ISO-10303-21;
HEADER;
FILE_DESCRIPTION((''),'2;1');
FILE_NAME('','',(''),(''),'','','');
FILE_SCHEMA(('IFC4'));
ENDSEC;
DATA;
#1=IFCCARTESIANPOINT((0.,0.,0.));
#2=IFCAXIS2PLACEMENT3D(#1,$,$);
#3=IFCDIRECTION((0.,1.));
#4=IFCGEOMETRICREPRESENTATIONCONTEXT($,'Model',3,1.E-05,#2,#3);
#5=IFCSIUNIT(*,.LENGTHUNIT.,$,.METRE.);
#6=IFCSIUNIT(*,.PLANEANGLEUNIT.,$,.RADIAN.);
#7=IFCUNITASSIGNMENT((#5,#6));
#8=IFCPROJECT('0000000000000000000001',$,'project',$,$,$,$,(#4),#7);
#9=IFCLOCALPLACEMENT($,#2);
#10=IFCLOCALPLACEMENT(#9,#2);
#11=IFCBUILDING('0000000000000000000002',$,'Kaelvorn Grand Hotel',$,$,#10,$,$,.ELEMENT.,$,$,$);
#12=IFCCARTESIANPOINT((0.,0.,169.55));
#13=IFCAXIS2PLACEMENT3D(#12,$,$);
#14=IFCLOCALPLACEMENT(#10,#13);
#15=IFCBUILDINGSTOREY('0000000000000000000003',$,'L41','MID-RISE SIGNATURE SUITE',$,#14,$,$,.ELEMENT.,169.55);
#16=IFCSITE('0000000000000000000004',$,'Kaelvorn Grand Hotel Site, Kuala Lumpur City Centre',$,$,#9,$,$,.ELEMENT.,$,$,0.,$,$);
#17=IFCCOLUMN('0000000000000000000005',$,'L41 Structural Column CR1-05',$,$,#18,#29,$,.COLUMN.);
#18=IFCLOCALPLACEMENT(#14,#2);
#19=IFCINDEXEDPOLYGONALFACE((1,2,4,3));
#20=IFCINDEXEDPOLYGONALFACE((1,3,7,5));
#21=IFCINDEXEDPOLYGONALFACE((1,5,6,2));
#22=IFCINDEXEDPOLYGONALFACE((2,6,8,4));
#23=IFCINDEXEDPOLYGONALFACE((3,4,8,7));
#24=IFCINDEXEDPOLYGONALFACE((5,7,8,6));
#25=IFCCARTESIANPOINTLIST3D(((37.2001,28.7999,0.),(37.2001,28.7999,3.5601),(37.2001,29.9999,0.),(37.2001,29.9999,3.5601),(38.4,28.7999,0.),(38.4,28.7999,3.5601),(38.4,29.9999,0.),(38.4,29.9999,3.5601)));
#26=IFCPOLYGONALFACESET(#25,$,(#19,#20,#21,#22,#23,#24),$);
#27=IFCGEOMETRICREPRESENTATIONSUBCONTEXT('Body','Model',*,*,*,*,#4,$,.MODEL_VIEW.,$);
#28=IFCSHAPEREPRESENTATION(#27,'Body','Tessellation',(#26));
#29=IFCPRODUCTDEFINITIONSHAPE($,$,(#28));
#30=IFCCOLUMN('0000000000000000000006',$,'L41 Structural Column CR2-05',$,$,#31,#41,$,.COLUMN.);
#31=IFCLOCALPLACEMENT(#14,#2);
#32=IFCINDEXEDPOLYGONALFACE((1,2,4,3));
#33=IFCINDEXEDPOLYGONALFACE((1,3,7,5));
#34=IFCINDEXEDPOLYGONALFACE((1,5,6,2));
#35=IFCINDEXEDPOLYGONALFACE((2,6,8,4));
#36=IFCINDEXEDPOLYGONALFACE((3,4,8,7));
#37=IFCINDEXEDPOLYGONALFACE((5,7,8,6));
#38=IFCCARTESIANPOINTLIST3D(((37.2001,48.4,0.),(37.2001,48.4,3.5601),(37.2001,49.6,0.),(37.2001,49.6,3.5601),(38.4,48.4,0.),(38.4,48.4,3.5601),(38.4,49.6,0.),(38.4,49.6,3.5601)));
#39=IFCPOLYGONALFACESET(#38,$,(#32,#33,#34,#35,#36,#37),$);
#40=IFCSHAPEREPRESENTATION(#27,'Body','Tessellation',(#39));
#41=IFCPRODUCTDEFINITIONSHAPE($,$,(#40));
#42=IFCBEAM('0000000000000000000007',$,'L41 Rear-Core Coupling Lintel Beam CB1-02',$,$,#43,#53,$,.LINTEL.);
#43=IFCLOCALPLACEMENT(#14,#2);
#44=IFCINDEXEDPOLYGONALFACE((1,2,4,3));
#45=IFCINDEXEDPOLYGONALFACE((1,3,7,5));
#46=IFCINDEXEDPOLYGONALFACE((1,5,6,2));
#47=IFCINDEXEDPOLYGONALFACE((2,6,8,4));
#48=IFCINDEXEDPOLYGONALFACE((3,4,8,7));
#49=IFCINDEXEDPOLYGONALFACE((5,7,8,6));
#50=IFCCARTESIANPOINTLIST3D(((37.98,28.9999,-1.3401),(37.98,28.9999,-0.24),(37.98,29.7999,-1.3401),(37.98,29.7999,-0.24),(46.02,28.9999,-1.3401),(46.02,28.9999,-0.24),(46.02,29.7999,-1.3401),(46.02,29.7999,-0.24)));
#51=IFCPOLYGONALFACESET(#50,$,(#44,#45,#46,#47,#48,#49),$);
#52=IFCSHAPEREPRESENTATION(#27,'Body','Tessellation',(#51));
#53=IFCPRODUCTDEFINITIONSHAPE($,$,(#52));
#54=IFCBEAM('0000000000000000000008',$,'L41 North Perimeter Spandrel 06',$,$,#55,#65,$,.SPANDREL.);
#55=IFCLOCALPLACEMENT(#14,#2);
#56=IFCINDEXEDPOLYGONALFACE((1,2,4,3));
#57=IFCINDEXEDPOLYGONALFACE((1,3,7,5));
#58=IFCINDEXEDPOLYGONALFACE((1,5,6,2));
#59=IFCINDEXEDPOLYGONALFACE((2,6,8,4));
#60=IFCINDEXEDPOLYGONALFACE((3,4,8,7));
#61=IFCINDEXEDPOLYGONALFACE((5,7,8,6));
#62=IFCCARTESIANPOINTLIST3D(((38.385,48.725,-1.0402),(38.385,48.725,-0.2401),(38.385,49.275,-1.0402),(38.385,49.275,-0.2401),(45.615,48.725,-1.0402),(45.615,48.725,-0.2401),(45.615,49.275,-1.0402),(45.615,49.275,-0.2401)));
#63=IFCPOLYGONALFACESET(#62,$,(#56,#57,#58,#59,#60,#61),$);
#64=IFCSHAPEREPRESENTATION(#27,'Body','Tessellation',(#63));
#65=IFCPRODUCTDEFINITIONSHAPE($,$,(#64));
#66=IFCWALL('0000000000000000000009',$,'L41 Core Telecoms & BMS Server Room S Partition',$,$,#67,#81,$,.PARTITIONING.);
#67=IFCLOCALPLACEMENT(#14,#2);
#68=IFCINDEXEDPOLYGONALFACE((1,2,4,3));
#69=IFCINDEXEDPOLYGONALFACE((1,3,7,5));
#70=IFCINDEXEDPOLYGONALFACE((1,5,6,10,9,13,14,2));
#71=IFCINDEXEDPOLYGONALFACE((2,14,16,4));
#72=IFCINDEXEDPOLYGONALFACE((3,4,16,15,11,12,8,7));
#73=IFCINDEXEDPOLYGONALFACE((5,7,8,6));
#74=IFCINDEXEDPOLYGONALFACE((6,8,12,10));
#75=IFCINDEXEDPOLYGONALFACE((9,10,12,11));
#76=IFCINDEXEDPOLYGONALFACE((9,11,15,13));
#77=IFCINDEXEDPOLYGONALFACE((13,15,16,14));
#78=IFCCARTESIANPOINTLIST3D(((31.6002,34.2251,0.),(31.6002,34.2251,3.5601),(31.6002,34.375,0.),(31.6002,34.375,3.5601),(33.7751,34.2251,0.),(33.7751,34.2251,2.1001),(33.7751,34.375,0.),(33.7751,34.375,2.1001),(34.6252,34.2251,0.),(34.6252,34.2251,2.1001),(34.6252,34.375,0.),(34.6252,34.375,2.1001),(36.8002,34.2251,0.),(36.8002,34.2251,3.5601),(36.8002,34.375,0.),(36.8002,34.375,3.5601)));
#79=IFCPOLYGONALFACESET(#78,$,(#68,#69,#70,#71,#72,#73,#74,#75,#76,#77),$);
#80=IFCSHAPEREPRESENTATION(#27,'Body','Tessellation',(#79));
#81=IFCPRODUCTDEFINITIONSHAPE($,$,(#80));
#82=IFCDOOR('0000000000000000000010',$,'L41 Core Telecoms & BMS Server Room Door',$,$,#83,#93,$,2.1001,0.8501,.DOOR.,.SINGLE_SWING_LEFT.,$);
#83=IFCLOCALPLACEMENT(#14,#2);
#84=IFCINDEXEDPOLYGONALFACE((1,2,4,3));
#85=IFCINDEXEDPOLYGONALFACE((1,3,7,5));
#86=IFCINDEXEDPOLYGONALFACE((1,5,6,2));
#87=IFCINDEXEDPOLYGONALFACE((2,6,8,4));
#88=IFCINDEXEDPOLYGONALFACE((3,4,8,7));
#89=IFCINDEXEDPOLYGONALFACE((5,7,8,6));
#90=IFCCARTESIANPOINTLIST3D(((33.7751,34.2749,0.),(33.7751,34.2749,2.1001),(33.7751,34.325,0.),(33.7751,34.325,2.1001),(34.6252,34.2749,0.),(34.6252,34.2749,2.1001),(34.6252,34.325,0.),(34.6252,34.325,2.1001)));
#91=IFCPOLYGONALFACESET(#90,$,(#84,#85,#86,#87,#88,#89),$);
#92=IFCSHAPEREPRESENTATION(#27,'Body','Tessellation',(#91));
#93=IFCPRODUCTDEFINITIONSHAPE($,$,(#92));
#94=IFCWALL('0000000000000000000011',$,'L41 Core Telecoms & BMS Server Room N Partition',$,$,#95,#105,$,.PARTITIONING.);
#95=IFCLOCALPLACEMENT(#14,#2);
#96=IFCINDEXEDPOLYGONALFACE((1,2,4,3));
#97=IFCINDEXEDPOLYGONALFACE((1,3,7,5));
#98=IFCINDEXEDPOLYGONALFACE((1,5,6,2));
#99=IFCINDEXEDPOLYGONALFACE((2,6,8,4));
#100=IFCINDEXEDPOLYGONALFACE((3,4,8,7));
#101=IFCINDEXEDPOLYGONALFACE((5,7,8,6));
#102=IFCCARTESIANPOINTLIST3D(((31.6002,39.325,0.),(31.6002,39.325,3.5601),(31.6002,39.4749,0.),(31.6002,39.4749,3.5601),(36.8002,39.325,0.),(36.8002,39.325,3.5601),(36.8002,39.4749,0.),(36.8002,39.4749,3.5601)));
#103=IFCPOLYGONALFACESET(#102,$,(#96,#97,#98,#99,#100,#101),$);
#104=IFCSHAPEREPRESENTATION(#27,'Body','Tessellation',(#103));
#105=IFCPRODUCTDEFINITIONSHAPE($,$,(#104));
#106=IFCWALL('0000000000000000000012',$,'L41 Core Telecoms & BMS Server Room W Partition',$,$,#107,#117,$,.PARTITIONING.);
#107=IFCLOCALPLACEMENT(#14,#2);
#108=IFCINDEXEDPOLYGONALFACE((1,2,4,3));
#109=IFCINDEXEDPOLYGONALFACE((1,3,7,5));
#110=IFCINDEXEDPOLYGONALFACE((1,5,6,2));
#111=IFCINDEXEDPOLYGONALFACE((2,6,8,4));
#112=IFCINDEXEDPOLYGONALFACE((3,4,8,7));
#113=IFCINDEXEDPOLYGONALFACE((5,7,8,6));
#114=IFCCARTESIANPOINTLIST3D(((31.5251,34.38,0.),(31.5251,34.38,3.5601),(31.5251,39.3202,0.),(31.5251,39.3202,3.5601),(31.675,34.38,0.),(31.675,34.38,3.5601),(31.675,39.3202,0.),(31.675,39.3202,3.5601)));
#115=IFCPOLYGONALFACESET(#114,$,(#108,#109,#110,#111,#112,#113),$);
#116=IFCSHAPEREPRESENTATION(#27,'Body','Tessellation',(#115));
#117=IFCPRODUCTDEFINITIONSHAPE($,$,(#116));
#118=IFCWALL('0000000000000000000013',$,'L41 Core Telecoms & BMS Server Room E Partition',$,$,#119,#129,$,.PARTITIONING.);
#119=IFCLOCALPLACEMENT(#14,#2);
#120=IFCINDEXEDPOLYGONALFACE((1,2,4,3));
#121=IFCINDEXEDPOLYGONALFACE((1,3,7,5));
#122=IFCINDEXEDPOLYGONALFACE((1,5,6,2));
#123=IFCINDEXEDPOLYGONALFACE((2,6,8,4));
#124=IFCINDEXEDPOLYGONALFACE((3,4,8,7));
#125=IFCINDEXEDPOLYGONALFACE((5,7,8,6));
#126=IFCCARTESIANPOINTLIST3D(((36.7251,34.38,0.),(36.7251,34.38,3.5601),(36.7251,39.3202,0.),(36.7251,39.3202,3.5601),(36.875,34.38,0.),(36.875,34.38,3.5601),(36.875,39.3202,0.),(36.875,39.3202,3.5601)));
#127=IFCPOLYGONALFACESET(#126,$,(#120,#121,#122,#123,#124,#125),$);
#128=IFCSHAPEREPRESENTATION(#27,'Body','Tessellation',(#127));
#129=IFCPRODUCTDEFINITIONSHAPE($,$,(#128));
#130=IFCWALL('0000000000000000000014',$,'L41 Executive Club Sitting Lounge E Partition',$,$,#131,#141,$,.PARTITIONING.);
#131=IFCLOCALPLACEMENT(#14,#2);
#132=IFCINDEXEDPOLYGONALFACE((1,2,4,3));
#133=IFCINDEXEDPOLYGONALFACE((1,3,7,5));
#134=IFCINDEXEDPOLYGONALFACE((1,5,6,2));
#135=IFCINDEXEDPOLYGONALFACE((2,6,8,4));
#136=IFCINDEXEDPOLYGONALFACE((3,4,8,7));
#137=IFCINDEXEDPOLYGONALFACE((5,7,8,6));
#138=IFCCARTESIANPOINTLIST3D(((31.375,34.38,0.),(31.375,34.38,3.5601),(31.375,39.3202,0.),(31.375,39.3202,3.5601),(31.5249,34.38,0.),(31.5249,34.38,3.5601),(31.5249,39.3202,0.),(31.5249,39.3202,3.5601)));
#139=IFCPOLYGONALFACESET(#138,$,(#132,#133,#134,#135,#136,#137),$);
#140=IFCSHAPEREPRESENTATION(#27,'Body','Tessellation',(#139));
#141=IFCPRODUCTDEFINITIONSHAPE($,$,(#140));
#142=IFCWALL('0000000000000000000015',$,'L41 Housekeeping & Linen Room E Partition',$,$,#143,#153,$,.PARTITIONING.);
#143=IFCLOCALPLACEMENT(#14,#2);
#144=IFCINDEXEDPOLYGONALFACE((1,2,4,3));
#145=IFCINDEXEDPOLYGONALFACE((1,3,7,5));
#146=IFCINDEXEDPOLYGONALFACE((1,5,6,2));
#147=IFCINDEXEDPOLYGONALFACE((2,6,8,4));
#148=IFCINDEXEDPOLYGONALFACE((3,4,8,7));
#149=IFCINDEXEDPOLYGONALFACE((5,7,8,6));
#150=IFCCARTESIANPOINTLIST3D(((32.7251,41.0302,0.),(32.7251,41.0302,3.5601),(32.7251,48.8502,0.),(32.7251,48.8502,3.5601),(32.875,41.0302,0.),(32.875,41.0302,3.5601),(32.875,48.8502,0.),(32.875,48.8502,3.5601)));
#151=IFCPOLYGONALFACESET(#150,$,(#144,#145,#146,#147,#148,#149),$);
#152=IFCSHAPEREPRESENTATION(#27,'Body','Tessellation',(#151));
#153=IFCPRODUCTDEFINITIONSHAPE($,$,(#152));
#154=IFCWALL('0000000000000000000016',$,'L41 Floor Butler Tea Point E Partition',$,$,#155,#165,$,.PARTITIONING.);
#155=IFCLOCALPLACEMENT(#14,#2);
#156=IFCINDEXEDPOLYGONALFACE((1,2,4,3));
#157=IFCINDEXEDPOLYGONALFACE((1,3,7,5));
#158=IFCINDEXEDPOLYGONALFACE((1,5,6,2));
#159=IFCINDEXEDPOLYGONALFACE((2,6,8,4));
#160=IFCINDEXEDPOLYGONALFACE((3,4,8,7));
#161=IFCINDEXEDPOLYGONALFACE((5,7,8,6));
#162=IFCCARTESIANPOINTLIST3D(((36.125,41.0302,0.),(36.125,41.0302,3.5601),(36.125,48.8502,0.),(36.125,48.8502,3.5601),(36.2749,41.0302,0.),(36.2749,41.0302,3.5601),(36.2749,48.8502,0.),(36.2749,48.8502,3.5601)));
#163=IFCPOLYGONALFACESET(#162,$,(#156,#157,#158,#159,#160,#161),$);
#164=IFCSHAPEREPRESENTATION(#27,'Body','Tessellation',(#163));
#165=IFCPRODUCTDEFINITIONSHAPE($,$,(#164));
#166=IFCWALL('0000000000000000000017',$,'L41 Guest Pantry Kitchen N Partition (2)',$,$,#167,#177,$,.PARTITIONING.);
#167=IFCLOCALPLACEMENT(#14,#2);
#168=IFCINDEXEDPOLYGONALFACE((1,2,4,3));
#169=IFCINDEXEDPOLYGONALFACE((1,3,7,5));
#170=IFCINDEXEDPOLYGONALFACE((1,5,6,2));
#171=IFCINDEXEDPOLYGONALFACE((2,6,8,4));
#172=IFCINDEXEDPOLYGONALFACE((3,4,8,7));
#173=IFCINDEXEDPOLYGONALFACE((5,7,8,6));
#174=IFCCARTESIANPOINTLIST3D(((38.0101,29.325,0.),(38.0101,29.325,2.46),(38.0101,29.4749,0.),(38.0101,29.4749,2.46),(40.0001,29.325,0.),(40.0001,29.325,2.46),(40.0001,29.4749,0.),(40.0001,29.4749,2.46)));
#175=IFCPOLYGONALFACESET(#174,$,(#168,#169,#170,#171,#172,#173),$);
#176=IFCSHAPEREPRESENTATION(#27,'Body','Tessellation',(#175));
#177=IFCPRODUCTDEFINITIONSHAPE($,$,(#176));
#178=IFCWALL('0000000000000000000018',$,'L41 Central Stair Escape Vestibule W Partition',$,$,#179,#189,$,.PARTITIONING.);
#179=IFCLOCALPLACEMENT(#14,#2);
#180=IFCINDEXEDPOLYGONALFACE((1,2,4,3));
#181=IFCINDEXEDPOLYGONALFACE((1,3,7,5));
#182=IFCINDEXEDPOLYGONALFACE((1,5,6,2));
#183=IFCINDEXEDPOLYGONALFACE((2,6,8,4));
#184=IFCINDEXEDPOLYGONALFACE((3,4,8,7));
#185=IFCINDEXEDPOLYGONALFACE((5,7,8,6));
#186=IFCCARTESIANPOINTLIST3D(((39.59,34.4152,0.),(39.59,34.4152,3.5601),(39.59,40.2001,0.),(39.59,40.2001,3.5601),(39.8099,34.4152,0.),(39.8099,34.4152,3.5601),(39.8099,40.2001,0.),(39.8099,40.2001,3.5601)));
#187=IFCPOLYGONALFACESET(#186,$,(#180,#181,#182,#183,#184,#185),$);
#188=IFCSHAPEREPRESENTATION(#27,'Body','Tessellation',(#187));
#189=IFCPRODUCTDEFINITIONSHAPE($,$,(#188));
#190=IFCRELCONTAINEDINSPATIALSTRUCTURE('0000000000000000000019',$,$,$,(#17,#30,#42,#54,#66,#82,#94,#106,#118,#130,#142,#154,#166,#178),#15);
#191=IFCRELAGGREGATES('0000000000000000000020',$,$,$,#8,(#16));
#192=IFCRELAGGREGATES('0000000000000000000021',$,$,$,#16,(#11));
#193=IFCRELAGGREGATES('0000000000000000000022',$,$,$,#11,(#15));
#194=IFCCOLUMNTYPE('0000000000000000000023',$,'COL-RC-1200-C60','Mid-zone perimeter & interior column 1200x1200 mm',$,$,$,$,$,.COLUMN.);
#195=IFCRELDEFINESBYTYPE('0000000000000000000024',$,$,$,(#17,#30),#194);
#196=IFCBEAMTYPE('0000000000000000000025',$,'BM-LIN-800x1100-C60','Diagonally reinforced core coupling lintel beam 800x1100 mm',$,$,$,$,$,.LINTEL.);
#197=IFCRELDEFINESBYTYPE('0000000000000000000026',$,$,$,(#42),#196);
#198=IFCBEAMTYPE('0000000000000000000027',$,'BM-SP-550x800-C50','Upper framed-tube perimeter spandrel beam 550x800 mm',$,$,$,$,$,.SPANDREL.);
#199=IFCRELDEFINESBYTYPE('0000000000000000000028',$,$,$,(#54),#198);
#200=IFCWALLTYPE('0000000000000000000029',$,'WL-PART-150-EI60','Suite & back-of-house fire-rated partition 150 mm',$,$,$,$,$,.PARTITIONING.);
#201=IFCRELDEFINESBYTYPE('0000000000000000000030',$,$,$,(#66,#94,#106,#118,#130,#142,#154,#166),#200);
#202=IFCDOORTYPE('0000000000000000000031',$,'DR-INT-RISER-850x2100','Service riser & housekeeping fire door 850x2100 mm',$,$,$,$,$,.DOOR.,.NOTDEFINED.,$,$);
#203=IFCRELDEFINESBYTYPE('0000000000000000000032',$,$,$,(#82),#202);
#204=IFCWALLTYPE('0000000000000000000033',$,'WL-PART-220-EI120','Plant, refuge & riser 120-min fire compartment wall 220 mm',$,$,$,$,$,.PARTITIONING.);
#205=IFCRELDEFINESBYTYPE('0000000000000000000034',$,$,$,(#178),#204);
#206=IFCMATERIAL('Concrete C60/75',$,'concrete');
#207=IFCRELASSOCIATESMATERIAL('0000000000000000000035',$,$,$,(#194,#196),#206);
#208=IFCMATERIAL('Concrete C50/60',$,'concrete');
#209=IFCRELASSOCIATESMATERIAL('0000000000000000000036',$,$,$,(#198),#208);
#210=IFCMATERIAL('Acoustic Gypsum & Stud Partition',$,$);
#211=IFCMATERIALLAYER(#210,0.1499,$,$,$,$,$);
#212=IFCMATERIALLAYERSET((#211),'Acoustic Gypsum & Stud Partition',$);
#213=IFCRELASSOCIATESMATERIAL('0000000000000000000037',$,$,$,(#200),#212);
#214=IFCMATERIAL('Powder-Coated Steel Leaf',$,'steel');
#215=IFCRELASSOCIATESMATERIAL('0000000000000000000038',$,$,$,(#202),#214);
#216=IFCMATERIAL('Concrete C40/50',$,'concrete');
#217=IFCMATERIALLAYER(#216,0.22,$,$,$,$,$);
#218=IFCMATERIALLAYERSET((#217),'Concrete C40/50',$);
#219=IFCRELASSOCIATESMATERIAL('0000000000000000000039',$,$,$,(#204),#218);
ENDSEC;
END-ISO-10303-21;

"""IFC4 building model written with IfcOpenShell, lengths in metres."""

from ifc_helpers import new_model, si_unit, direction, frame, frame_2d, origin, origin_2d, place, context, subcontext, project, spatial, rectangle, extrude, material, layer, layer_set, material_profile, profile_set, type_object, element, fill, save


model = new_model("IFC4")

# Units and contexts
model_context = context("Model", 3, precision=1e-05, world=origin(), true_north=direction((0.0, 1.0)))
body_context = subcontext(model_context, "Body", "Model", "MODEL_VIEW")
ifc_project = project(units=[si_unit("LENGTHUNIT", "METRE"), si_unit("PLANEANGLEUNIT", "RADIAN")], contexts=[model_context])

# Site, building, storey
site_placement = place(None, origin())
site = spatial("IfcSite", under=ifc_project, at=site_placement, Name="Kaelvorn Grand Hotel Site, Kuala Lumpur City Centre", CompositionType="ELEMENT", RefElevation=0.0)
building_placement = place(site_placement, origin())
building = spatial("IfcBuilding", under=site, at=building_placement, Name="Kaelvorn Grand Hotel", CompositionType="ELEMENT")
storey_placement = place(building_placement, frame((0.0, 0.0, 169.55)))
storey = spatial("IfcBuildingStorey", under=building, at=storey_placement, Name="L41", Description="MID-RISE SIGNATURE SUITE", CompositionType="ELEMENT", Elevation=169.55)

# Columns
ifc_material_1 = material(Name="Concrete C60/75", Category="concrete")
ifc_material_profile_1 = material_profile(ifc_material_1, rectangle(XDim=1.2, YDim=1.2, at=origin_2d()), Name="RC COL 1200x1200")
ifc_profile_set_1 = profile_set([ifc_material_profile_1], Name="Concrete C60/75")
column_type = type_object("IfcColumnType", Name="COL-RC-1200-C60", Description="Mid-zone perimeter & interior column 1200x1200 mm", PredefinedType="COLUMN", material=ifc_profile_set_1)
for number, where, z_axis, x_axis, name in (
    (1, (37.8, 29.3999, 0.0), (0.0, 0.0, 1.0), (1.0, 0.0, 0.0), "L41 Structural Column CR1-05"),
    (2, (37.8, 49.0, 0.0), (0.0, 0.0, 1.0), (1.0, 0.0, 0.0), "L41 Structural Column CR2-05"),
):
    element("IfcColumn", number, at=place(storey_placement, frame(where, z_axis=z_axis, x_axis=x_axis)), inside=storey, type_object=column_type, Name=name, PredefinedType="COLUMN", context=body_context, shape_type="SweptSolid", body=[
        extrude(rectangle(XDim=1.2, YDim=1.2, at=origin_2d()), origin(), (0.0, 0.0, 1.0), 3.5601),
    ])

# Beams
ifc_material_profile_2 = material_profile(ifc_material_1, rectangle(XDim=0.8, YDim=1.1001, at=origin_2d()), Name="RC LINTEL 800x1100")
ifc_profile_set_2 = profile_set([ifc_material_profile_2], Name="Concrete C60/75")
beam_type_1 = type_object("IfcBeamType", Name="BM-LIN-800x1100-C60", Description="Diagonally reinforced core coupling lintel beam 800x1100 mm", PredefinedType="LINTEL", material=ifc_profile_set_2)
beam_1_placement = place(storey_placement, frame((37.98, 29.3999, -0.79), z_axis=(1.0, 0.0, 0.0), x_axis=(0.0, 1.0, 0.0)))
element("IfcBeam", 3, at=beam_1_placement, inside=storey, type_object=beam_type_1, Name="L41 Rear-Core Coupling Lintel Beam CB1-02", PredefinedType="LINTEL", context=body_context, shape_type="SweptSolid", body=[
    extrude(rectangle(XDim=0.8, YDim=1.1001, at=origin_2d()), origin(), (0.0, 0.0, 1.0), 8.04),
])
ifc_material_2 = material(Name="Concrete C50/60", Category="concrete")
ifc_material_profile_3 = material_profile(ifc_material_2, rectangle(XDim=0.55, YDim=0.8, at=origin_2d()), Name="RC SPANDREL 550x800")
ifc_profile_set_3 = profile_set([ifc_material_profile_3], Name="Concrete C50/60")
beam_type_2 = type_object("IfcBeamType", Name="BM-SP-550x800-C50", Description="Upper framed-tube perimeter spandrel beam 550x800 mm", PredefinedType="SPANDREL", material=ifc_profile_set_3)
beam_2_placement = place(storey_placement, frame((38.385, 49.0, -0.6401), z_axis=(1.0, 0.0, 0.0), x_axis=(0.0, 1.0, 0.0)))
element("IfcBeam", 4, at=beam_2_placement, inside=storey, type_object=beam_type_2, Name="L41 North Perimeter Spandrel 06", PredefinedType="SPANDREL", context=body_context, shape_type="SweptSolid", body=[
    extrude(rectangle(XDim=0.55, YDim=0.8, at=origin_2d()), origin(), (0.0, 0.0, 1.0), 7.23),
])

# Wall, opening, door
ifc_material_3 = material(Name="Acoustic Gypsum & Stud Partition")
ifc_layer_1 = layer(ifc_material_3, 0.1499)
ifc_layer_set_1 = layer_set([ifc_layer_1], Name="Acoustic Gypsum & Stud Partition")
wall_type_1 = type_object("IfcWallType", Name="WL-PART-150-EI60", Description="Suite & back-of-house fire-rated partition 150 mm", PredefinedType="PARTITIONING", material=ifc_layer_set_1)
wall_1_placement = place(storey_placement, frame((31.6001, 34.3, 0.0), z_axis=(0.0, 0.0, 1.0), x_axis=(1.0, 0.0, 0.0)))
wall_1 = element("IfcWall", 5, at=wall_1_placement, inside=storey, type_object=wall_type_1, Name="L41 Core Telecoms & BMS Server Room S Partition", PredefinedType="PARTITIONING", context=body_context, shape_type="SweptSolid", body=[
    extrude(rectangle(XDim=5.2, YDim=0.1499, at=frame_2d((2.6001, 0.0))), origin(), (0.0, 0.0, 1.0), 3.5601),
])
opening_1_placement = place(wall_1_placement, frame((2.175, 0.0, 0.0)))
opening_1 = element("IfcOpeningElement", 6, at=opening_1_placement, cuts=wall_1, PredefinedType="OPENING", context=body_context, shape_type="SweptSolid", body=[
    extrude(rectangle(XDim=0.8501, YDim=2.1001, at=frame_2d((0.425, 1.05))), frame((0.0, 0.085, 0.0), z_axis=(0.0, -1.0, 0.0), x_axis=(1.0, 0.0, 0.0)), (0.0, 0.0, 1.0), 0.1699),
])
ifc_material_4 = material(Name="Powder-Coated Steel Leaf", Category="steel")
door_type_1 = type_object("IfcDoorType", Name="DR-INT-RISER-850x2100", Description="Service riser & housekeeping fire door 850x2100 mm", OperationType="NOTDEFINED", PredefinedType="DOOR", material=ifc_material_4)
door_1_placement = place(opening_1_placement, origin())
door_1 = element("IfcDoor", 7, at=door_1_placement, inside=storey, type_object=door_type_1, Name="L41 Core Telecoms & BMS Server Room Door", OperationType="SINGLE_SWING_LEFT", OverallHeight=2.1001, OverallWidth=0.8501, PredefinedType="DOOR", context=body_context, shape_type="SweptSolid", body=[
    extrude(rectangle(XDim=0.8501, YDim=2.1001, at=frame_2d((0.425, 1.05))), frame((0.0, 0.0249, 0.0), z_axis=(0.0, -1.0, 0.0), x_axis=(1.0, 0.0, 0.0)), (0.0, 0.0, 1.0), 0.05),
])
fill(opening_1, door_1)

# Walls
wall_2_placement = place(storey_placement, frame((31.6001, 39.3999, 0.0), z_axis=(0.0, 0.0, 1.0), x_axis=(1.0, 0.0, 0.0)))
element("IfcWall", 8, at=wall_2_placement, inside=storey, type_object=wall_type_1, Name="L41 Core Telecoms & BMS Server Room N Partition", PredefinedType="PARTITIONING", context=body_context, shape_type="SweptSolid", body=[
    extrude(rectangle(XDim=5.2, YDim=0.1499, at=frame_2d((2.6001, 0.0))), origin(), (0.0, 0.0, 1.0), 3.5601),
])
for number, where, z_axis, x_axis, name in (
    (9, (31.6001, 34.3799, 0.0), (0.0, 0.0, 1.0), (0.0, 1.0, 0.0), "L41 Core Telecoms & BMS Server Room W Partition"),
    (10, (36.8, 34.3799, 0.0), (0.0, 0.0, 1.0), (0.0, 1.0, 0.0), "L41 Core Telecoms & BMS Server Room E Partition"),
    (11, (31.45, 34.3799, 0.0), (0.0, 0.0, 1.0), (0.0, 1.0, 0.0), "L41 Executive Club Sitting Lounge E Partition"),
):
    element("IfcWall", number, at=place(storey_placement, frame(where, z_axis=z_axis, x_axis=x_axis)), inside=storey, type_object=wall_type_1, Name=name, PredefinedType="PARTITIONING", context=body_context, shape_type="SweptSolid", body=[
        extrude(rectangle(XDim=4.9402, YDim=0.1499, at=frame_2d((2.4702, 0.0))), origin(), (0.0, 0.0, 1.0), 3.5601),
    ])
wall_3_placement = place(storey_placement, frame((32.8, 41.03, 0.0), z_axis=(0.0, 0.0, 1.0), x_axis=(0.0, 1.0, 0.0)))
element("IfcWall", 12, at=wall_3_placement, inside=storey, type_object=wall_type_1, Name="L41 Housekeeping & Linen Room E Partition", PredefinedType="PARTITIONING", context=body_context, shape_type="SweptSolid", body=[
    extrude(rectangle(XDim=7.8201, YDim=0.1499, at=frame_2d((3.9102, 0.0))), origin(), (0.0, 0.0, 1.0), 3.5601),
])

# Walls
wall_4_placement = place(storey_placement, frame((36.2, 41.03, 0.0), z_axis=(0.0, 0.0, 1.0), x_axis=(0.0, 1.0, 0.0)))
element("IfcWall", 13, at=wall_4_placement, inside=storey, type_object=wall_type_1, Name="L41 Floor Butler Tea Point E Partition", PredefinedType="PARTITIONING", context=body_context, shape_type="SweptSolid", body=[
    extrude(rectangle(XDim=7.8201, YDim=0.1499, at=frame_2d((3.9102, 0.0))), origin(), (0.0, 0.0, 1.0), 3.5601),
])
wall_5_placement = place(storey_placement, frame((38.01, 29.3999, 0.0), z_axis=(0.0, 0.0, 1.0), x_axis=(1.0, 0.0, 0.0)))
element("IfcWall", 14, at=wall_5_placement, inside=storey, type_object=wall_type_1, Name="L41 Guest Pantry Kitchen N Partition (2)", PredefinedType="PARTITIONING", context=body_context, shape_type="SweptSolid", body=[
    extrude(rectangle(XDim=1.99, YDim=0.1499, at=frame_2d((0.9951, 0.0))), origin(), (0.0, 0.0, 1.0), 2.46),
])

# Shared definitions
ifc_material_5 = material(Name="Concrete C40/50", Category="concrete")
ifc_layer_2 = layer(ifc_material_5, 0.22)
ifc_layer_set_2 = layer_set([ifc_layer_2], Name="Concrete C40/50")
wall_type_2 = type_object("IfcWallType", Name="WL-PART-220-EI120", Description="Plant, refuge & riser 120-min fire compartment wall 220 mm", PredefinedType="PARTITIONING", material=ifc_layer_set_2)

# Wall
wall_6_placement = place(storey_placement, frame((39.7, 34.415, 0.0), z_axis=(0.0, 0.0, 1.0), x_axis=(0.0, 1.0, 0.0)))
element("IfcWall", 15, at=wall_6_placement, inside=storey, type_object=wall_type_2, Name="L41 Central Stair Escape Vestibule W Partition", PredefinedType="PARTITIONING", context=body_context, shape_type="SweptSolid", body=[
    extrude(rectangle(XDim=5.7849, YDim=0.22, at=frame_2d((2.8926, 0.0))), origin(), (0.0, 0.0, 1.0), 3.5601),
])

save(model, "model.ifc")
